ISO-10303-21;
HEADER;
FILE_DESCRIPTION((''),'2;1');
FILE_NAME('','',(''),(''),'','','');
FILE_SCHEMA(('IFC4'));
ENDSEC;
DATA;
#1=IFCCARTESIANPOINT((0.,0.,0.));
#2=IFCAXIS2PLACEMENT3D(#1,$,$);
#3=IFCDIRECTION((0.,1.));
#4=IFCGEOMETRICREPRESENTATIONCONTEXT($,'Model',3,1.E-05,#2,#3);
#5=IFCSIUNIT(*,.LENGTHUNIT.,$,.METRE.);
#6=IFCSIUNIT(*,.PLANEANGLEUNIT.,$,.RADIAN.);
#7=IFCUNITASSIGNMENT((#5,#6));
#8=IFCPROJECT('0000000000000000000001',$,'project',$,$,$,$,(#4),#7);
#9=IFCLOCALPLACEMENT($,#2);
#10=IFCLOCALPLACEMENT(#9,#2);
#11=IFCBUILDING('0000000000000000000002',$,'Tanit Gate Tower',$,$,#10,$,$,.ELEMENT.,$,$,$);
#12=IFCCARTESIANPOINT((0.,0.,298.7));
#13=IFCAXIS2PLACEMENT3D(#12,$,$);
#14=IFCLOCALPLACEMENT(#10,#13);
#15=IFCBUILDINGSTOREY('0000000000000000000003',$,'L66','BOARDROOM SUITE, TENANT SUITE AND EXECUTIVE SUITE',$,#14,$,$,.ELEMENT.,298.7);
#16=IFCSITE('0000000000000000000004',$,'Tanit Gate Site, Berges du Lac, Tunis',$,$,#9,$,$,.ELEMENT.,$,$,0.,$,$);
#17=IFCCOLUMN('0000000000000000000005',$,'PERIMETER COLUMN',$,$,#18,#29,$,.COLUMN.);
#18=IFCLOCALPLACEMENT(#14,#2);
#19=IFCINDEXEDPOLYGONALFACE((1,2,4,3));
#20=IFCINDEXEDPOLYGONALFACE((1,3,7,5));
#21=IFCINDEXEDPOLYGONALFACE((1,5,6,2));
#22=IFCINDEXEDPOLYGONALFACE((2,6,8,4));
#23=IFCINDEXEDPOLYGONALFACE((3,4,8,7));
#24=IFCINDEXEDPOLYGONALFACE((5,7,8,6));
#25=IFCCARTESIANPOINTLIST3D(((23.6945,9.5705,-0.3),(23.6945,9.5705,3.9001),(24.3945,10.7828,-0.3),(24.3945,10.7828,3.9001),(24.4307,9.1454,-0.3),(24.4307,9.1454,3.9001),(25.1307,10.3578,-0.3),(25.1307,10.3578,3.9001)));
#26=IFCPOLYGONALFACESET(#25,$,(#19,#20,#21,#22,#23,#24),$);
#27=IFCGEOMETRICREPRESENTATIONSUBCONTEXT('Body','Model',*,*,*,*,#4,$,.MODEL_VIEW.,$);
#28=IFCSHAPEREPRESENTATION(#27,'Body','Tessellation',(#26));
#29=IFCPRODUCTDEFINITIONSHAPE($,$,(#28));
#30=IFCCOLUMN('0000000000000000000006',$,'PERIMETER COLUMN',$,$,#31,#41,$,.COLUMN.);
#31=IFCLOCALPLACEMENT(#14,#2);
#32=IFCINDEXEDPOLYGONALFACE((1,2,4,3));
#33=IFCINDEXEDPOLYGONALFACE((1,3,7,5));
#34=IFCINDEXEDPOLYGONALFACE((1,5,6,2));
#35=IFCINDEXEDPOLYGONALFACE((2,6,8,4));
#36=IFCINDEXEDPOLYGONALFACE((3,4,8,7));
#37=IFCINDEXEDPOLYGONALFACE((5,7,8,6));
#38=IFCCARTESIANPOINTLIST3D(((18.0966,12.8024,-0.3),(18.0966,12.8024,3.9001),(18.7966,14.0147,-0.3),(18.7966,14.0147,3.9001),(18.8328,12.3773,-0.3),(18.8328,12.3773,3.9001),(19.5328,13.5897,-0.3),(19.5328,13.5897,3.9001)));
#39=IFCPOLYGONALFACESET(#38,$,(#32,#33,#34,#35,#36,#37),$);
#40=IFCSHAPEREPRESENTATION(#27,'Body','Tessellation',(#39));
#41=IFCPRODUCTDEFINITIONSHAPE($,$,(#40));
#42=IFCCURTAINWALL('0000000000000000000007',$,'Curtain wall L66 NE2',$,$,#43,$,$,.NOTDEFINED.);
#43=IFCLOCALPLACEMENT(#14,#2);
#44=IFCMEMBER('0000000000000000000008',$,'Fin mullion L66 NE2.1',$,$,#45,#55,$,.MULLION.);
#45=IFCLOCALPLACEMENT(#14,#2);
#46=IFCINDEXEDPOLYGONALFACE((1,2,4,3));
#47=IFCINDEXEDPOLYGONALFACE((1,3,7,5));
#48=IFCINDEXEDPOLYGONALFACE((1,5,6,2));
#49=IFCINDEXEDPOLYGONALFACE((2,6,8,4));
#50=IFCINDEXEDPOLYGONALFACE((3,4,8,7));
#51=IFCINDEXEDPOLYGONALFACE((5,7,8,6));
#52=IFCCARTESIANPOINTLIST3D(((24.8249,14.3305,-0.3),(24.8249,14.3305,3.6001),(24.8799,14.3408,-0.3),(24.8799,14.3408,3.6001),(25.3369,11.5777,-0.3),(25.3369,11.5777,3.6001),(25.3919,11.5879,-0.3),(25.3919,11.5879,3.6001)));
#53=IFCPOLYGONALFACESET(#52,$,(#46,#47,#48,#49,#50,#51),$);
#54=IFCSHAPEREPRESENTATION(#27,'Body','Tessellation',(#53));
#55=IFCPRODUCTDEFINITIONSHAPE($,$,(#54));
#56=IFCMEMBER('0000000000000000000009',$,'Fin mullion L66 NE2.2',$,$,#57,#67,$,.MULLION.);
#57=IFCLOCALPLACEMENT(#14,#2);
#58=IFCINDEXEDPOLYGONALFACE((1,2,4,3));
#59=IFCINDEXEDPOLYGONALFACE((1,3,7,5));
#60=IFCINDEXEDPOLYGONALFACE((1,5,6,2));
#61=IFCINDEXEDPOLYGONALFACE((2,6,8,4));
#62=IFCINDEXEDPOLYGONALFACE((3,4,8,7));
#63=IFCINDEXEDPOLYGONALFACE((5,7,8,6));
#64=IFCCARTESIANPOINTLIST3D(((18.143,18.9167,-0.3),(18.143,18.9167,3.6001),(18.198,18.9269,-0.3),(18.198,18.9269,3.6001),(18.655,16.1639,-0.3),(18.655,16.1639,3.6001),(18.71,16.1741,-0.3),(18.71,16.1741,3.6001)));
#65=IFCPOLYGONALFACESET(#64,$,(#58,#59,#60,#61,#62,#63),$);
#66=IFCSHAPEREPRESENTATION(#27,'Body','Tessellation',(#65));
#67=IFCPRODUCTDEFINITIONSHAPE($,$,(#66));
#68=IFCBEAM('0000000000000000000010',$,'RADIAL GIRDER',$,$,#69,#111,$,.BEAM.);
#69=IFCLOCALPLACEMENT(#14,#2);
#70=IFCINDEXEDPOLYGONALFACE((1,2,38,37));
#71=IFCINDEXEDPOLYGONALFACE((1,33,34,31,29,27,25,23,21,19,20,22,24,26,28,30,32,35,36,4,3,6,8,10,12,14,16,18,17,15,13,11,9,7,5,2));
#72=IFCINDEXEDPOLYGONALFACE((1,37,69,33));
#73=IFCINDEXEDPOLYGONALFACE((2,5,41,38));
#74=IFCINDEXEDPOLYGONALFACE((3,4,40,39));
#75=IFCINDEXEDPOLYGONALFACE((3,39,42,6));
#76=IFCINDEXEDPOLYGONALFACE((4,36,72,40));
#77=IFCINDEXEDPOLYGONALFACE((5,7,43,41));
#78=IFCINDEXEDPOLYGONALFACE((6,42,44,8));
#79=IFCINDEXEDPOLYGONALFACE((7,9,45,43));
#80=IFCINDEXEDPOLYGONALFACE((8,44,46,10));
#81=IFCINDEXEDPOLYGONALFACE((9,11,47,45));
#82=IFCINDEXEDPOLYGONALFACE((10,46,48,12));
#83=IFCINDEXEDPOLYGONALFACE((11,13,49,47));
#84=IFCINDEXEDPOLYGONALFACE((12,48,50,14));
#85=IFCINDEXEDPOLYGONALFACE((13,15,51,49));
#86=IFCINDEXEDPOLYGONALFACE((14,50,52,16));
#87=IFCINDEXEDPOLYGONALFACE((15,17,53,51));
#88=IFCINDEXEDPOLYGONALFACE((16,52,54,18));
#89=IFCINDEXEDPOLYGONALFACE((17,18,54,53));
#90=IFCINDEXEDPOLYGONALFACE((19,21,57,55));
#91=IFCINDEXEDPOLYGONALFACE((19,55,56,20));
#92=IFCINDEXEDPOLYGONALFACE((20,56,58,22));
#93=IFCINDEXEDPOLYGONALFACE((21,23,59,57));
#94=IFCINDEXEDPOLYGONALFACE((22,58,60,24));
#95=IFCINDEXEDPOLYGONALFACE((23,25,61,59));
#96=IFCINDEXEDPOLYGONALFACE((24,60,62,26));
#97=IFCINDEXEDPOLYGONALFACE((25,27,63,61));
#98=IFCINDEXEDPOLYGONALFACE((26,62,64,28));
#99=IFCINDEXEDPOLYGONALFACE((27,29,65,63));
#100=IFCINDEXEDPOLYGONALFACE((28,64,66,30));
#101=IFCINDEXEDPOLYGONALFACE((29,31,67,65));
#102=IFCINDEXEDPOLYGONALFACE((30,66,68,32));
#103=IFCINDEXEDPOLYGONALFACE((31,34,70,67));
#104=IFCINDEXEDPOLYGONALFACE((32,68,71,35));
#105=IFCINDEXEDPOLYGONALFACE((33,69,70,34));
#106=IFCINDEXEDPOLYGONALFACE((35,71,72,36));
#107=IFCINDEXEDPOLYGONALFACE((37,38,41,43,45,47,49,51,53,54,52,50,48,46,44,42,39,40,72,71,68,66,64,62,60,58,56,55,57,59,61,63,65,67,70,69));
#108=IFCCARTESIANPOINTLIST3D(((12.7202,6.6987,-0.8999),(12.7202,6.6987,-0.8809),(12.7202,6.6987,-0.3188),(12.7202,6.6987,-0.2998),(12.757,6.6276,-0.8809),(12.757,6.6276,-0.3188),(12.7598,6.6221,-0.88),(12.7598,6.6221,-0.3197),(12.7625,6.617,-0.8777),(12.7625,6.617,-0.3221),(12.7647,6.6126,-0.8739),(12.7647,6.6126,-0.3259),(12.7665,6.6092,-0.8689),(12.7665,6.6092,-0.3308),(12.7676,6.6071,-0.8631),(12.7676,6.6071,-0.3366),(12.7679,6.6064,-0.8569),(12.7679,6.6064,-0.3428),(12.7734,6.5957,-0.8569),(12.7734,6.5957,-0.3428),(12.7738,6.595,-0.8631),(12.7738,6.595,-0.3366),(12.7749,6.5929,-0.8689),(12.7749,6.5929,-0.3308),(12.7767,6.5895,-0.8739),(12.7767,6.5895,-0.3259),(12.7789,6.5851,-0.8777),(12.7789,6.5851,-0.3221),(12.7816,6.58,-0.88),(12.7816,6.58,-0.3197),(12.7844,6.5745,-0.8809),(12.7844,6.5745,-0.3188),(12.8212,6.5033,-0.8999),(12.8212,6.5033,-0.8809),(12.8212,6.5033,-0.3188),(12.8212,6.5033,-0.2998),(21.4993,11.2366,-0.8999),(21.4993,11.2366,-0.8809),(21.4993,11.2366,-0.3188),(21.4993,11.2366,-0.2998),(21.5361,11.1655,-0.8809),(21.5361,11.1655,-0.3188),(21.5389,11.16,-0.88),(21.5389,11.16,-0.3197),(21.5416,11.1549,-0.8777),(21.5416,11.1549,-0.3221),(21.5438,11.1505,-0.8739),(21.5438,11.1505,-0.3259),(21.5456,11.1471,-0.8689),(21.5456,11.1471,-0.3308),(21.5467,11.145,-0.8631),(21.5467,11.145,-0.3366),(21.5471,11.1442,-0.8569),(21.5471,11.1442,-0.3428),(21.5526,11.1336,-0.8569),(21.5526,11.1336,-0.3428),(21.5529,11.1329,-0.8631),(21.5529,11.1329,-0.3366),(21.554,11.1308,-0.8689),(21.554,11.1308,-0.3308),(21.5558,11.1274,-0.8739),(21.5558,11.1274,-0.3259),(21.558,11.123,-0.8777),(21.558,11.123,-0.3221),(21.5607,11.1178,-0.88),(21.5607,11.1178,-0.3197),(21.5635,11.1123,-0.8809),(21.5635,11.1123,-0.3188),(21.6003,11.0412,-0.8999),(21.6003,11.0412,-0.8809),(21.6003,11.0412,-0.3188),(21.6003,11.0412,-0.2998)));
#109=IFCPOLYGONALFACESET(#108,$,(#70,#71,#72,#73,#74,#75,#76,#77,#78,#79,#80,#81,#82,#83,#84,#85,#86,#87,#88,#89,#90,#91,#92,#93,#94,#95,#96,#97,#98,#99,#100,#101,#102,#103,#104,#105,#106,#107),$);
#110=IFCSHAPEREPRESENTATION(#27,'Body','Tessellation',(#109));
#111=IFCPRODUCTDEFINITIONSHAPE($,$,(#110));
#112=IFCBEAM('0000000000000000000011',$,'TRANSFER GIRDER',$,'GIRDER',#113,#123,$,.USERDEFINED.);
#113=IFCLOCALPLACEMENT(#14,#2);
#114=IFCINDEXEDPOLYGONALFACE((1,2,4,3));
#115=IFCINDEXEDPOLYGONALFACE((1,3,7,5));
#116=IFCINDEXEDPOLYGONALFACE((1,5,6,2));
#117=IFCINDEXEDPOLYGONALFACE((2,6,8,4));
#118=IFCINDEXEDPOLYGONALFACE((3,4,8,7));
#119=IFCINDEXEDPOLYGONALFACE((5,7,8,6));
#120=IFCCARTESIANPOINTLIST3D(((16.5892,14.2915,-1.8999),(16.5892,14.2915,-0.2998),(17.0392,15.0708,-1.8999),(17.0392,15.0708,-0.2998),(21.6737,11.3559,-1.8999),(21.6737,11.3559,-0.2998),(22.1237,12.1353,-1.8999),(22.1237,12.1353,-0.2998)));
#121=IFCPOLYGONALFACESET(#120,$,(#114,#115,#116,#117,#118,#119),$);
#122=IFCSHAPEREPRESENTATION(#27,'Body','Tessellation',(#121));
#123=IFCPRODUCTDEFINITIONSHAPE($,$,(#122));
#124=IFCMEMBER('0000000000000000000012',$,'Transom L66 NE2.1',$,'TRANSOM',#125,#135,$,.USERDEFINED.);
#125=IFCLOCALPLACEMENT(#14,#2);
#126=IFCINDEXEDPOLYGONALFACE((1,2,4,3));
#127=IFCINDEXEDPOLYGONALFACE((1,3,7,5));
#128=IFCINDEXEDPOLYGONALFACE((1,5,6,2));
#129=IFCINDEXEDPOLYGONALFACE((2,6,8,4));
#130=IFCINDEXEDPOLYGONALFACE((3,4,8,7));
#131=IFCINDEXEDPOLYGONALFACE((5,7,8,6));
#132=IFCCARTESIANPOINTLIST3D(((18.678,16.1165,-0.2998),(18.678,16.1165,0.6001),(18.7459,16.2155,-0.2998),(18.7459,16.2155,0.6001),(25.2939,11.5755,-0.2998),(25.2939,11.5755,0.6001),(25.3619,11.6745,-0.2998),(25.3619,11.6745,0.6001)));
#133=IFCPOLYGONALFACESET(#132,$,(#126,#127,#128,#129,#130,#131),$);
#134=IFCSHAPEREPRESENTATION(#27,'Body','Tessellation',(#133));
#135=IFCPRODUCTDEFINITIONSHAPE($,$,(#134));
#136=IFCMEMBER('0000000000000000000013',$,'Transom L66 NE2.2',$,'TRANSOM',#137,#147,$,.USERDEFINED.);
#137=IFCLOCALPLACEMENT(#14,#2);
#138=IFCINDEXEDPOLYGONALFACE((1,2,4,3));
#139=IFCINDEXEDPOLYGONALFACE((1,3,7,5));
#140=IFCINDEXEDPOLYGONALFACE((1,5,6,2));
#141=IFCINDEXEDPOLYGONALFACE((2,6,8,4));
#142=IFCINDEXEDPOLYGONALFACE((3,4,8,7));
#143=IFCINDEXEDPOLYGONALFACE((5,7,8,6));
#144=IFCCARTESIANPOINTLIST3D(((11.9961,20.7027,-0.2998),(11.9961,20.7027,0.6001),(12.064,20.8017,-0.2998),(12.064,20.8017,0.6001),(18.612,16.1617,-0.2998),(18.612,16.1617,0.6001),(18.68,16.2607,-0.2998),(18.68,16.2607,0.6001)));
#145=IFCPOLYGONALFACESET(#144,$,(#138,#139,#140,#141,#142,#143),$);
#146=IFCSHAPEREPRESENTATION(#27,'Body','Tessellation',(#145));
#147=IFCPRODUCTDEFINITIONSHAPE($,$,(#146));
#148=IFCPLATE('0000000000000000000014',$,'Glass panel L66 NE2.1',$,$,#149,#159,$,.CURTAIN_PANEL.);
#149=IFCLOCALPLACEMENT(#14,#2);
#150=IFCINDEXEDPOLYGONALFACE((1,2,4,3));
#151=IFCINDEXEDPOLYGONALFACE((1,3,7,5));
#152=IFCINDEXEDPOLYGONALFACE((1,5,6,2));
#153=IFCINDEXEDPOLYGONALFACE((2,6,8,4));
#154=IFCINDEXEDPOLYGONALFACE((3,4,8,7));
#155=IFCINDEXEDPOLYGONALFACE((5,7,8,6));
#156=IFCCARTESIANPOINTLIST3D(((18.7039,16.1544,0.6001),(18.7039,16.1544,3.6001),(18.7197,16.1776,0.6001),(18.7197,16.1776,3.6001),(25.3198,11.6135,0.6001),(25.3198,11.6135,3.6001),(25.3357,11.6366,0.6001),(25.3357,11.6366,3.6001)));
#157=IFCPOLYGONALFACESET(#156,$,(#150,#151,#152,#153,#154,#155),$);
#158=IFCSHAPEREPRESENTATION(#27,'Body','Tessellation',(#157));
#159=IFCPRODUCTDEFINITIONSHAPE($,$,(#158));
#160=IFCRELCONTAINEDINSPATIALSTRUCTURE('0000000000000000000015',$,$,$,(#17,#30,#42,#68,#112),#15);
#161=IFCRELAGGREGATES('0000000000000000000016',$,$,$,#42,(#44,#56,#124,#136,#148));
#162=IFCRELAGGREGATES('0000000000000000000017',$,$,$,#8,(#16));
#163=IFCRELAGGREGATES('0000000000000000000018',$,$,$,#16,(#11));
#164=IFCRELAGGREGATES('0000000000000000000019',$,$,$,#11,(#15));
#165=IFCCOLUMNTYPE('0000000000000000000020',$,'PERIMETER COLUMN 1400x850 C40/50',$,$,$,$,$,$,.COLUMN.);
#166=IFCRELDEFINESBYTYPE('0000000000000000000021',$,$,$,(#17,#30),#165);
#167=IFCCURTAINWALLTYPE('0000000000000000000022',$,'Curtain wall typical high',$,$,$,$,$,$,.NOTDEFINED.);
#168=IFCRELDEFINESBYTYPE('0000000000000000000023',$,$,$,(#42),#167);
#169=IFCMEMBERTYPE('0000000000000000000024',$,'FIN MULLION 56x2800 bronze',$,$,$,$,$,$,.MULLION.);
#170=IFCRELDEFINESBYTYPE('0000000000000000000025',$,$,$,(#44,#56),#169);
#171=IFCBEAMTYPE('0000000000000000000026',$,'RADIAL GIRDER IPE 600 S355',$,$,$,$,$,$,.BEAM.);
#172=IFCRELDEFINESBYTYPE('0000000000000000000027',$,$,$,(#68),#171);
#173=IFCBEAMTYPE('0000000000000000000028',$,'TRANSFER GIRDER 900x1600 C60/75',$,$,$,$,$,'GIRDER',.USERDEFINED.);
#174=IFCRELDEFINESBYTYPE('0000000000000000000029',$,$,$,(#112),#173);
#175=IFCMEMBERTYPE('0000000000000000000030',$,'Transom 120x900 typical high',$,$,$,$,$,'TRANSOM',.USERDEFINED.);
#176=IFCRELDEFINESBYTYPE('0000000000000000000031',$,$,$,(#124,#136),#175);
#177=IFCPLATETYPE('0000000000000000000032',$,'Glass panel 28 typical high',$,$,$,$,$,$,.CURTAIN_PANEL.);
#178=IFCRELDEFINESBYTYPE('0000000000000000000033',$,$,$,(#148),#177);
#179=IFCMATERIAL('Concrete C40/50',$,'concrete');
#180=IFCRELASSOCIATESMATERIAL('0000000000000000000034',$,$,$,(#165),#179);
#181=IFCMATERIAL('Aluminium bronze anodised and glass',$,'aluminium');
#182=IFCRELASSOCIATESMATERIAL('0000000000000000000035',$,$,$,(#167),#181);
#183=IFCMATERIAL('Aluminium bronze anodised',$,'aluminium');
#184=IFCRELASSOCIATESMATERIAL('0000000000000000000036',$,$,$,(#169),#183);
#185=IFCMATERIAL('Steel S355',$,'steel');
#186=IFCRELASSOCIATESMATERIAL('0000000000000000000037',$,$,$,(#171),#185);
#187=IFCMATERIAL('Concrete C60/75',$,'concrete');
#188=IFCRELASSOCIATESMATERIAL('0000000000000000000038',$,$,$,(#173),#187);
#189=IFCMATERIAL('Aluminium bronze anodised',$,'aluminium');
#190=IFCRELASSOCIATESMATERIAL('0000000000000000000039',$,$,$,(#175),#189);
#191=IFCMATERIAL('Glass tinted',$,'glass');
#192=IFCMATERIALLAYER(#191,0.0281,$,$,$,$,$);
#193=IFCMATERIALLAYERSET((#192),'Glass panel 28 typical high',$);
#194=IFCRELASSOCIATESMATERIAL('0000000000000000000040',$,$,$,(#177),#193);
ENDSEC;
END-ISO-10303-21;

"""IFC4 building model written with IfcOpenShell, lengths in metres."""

from ifc_helpers import new_model, si_unit, direction, frame, origin, origin_2d, place, context, subcontext, project, spatial, rectangle, i_section, extrude, material, layer, layer_set, material_profile, profile_set, type_object, element, aggregate, save


model = new_model("IFC4")

# Units and contexts
model_context = context("Model", 3, precision=1e-05, world=origin(), true_north=direction((0.0, 1.0)))
body_context = subcontext(model_context, "Body", "Model", "MODEL_VIEW")
ifc_project = project(units=[si_unit("LENGTHUNIT", "METRE"), si_unit("PLANEANGLEUNIT", "RADIAN")], contexts=[model_context])

# Site, building, storey
site_placement = place(None, origin())
site = spatial("IfcSite", under=ifc_project, at=site_placement, Name="Tanit Gate Site, Berges du Lac, Tunis", CompositionType="ELEMENT", RefElevation=0.0)
building_placement = place(site_placement, origin())
building = spatial("IfcBuilding", under=site, at=building_placement, Name="Tanit Gate Tower", CompositionType="ELEMENT")
storey_placement = place(building_placement, frame((0.0, 0.0, 298.7)))
storey = spatial("IfcBuildingStorey", under=building, at=storey_placement, Name="L66", Description="BOARDROOM SUITE, TENANT SUITE AND EXECUTIVE SUITE", CompositionType="ELEMENT", Elevation=298.7)

# Columns
ifc_material_1 = material(Name="Concrete C40/50", Category="concrete")
ifc_material_profile_1 = material_profile(ifc_material_1, rectangle(XDim=1.3999, YDim=0.8501, at=origin_2d()), Name="RC 1400x850")
ifc_profile_set_1 = profile_set([ifc_material_profile_1], Name="Concrete C40/50")
column_type = type_object("IfcColumnType", Name="PERIMETER COLUMN 1400x850 C40/50", PredefinedType="COLUMN", material=ifc_profile_set_1)
for number, where, z_axis, x_axis, name in (
    (1, (24.4126, 9.9641, -0.3), (0.0, 0.0, 1.0), (0.5, 0.866025, 0.0), "PERIMETER COLUMN"),
    (2, (18.8147, 13.196, -0.3), (0.0, 0.0, 1.0), (0.5, 0.866025, 0.0), "PERIMETER COLUMN"),
):
    element("IfcColumn", number, at=place(storey_placement, frame(where, z_axis=z_axis, x_axis=x_axis)), inside=storey, type_object=column_type, Name=name, PredefinedType="COLUMN", context=body_context, shape_type="SweptSolid", body=[
        extrude(rectangle(XDim=1.3999, YDim=0.8501, at=origin_2d()), origin(), (0.0, 0.0, 1.0), 4.2002),
    ])

# Curtain wall, members
ifc_material_2 = material(Name="Aluminium bronze anodised and glass", Category="aluminium")
curtain_wall_type = type_object("IfcCurtainWallType", Name="Curtain wall typical high", PredefinedType="NOTDEFINED", material=ifc_material_2)
curtain_wall_placement = place(storey_placement, origin())
curtain_wall = element("IfcCurtainWall", 3, at=curtain_wall_placement, inside=storey, type_object=curtain_wall_type, Name="Curtain wall L66 NE2", PredefinedType="NOTDEFINED")
ifc_material_3 = material(Name="Aluminium bronze anodised", Category="aluminium")
ifc_material_profile_2 = material_profile(ifc_material_3, rectangle(XDim=2.8, YDim=0.0559, at=origin_2d()), Name="56x2800 bronze fin mullion")
ifc_profile_set_2 = profile_set([ifc_material_profile_2], Name="Aluminium bronze anodised")
member_type_1 = type_object("IfcMemberType", Name="FIN MULLION 56x2800 bronze", PredefinedType="MULLION", material=ifc_profile_set_2)
member_1_placement = place(storey_placement, frame((25.1084, 12.9592, -0.3), z_axis=(0.0, 0.0, 1.0), x_axis=(0.182847, -0.983141, 0.0)))
member_1 = element("IfcMember", 4, at=member_1_placement, type_object=member_type_1, Name="Fin mullion L66 NE2.1", PredefinedType="MULLION", context=body_context, shape_type="SweptSolid", body=[
    extrude(rectangle(XDim=2.8, YDim=0.0559, at=origin_2d()), origin(), (0.0, 0.0, 1.0), 3.9001),
])
member_2_placement = place(storey_placement, frame((18.4265, 17.5454, -0.3), z_axis=(0.0, 0.0, 1.0), x_axis=(0.182847, -0.983141, 0.0)))
member_2 = element("IfcMember", 5, at=member_2_placement, type_object=member_type_1, Name="Fin mullion L66 NE2.2", PredefinedType="MULLION", context=body_context, shape_type="SweptSolid", body=[
    extrude(rectangle(XDim=2.8, YDim=0.0559, at=origin_2d()), origin(), (0.0, 0.0, 1.0), 3.9001),
])

# Beams
ifc_material_4 = material(Name="Steel S355", Category="steel")
ifc_material_profile_3 = material_profile(ifc_material_4, i_section(OverallWidth=0.22, OverallDepth=0.6001, WebThickness=0.012, FlangeThickness=0.019, FilletRadius=0.0239, at=origin_2d()), Name="IPE 600")
ifc_profile_set_3 = profile_set([ifc_material_profile_3], Name="Steel S355")
beam_type_1 = type_object("IfcBeamType", Name="RADIAL GIRDER IPE 600 S355", PredefinedType="BEAM", material=ifc_profile_set_3)
beam_1_placement = place(storey_placement, frame((21.5498, 11.1389, -0.5999), z_axis=(-0.888343, -0.45918, 0.0), x_axis=(0.45918, -0.888343, 0.0)))
element("IfcBeam", 6, at=beam_1_placement, inside=storey, type_object=beam_type_1, Name="RADIAL GIRDER", PredefinedType="BEAM", context=body_context, shape_type="SweptSolid", body=[
    extrude(i_section(OverallWidth=0.22, OverallDepth=0.6001, WebThickness=0.012, FlangeThickness=0.019, FilletRadius=0.0239, at=origin_2d()), origin(), (0.0, 0.0, 1.0), 9.8826),
])
ifc_material_5 = material(Name="Concrete C60/75", Category="concrete")
ifc_material_profile_4 = material_profile(ifc_material_5, rectangle(XDim=0.8999, YDim=1.6001, at=origin_2d()), Name="RC 900x1600")
ifc_profile_set_4 = profile_set([ifc_material_profile_4], Name="Concrete C60/75")
beam_type_2 = type_object("IfcBeamType", Name="TRANSFER GIRDER 900x1600 C60/75", ElementType="GIRDER", PredefinedType="USERDEFINED", material=ifc_profile_set_4)
beam_2_placement = place(storey_placement, frame((21.8987, 11.7456, -1.0999), z_axis=(-0.866024, 0.500003, 0.0), x_axis=(-0.500003, -0.866024, 0.0)))
element("IfcBeam", 7, at=beam_2_placement, inside=storey, type_object=beam_type_2, Name="TRANSFER GIRDER", ObjectType="GIRDER", PredefinedType="USERDEFINED", context=body_context, shape_type="SweptSolid", body=[
    extrude(rectangle(XDim=0.8999, YDim=1.6001, at=origin_2d()), origin(), (0.0, 0.0, 1.0), 5.8711),
])

# Members
ifc_material_6 = material(Name="Aluminium bronze anodised", Category="aluminium")
ifc_material_profile_5 = material_profile(ifc_material_6, rectangle(XDim=0.1201, YDim=0.8999, at=origin_2d()), Name="120x900 bronze transom")
ifc_profile_set_5 = profile_set([ifc_material_profile_5], Name="Aluminium bronze anodised")
member_type_2 = type_object("IfcMemberType", Name="Transom 120x900 typical high", ElementType="TRANSOM", PredefinedType="USERDEFINED", material=ifc_profile_set_5)
member_3_placement = place(storey_placement, frame((25.3279, 11.625, 0.1501), z_axis=(-0.824476, 0.565897, 0.0), x_axis=(-0.565897, -0.824476, 0.0)))
member_3 = element("IfcMember", 8, at=member_3_placement, type_object=member_type_2, Name="Transom L66 NE2.1", ObjectType="TRANSOM", PredefinedType="USERDEFINED", context=body_context, shape_type="SweptSolid", body=[
    extrude(rectangle(XDim=0.1201, YDim=0.8999, at=origin_2d()), origin(), (0.0, 0.0, 1.0), 8.0244),
])
member_4_placement = place(storey_placement, frame((18.646, 16.2112, 0.1501), z_axis=(-0.824476, 0.565897, 0.0), x_axis=(-0.565897, -0.824476, 0.0)))
member_4 = element("IfcMember", 9, at=member_4_placement, type_object=member_type_2, Name="Transom L66 NE2.2", ObjectType="TRANSOM", PredefinedType="USERDEFINED", context=body_context, shape_type="SweptSolid", body=[
    extrude(rectangle(XDim=0.1201, YDim=0.8999, at=origin_2d()), origin(), (0.0, 0.0, 1.0), 8.0244),
])

# Plate
ifc_material_7 = material(Name="Glass tinted", Category="glass")
ifc_layer_1 = layer(ifc_material_7, 0.0281)
ifc_layer_set_1 = layer_set([ifc_layer_1], Name="Glass panel 28 typical high")
plate_type = type_object("IfcPlateType", Name="Glass panel 28 typical high", PredefinedType="CURTAIN_PANEL", material=ifc_layer_set_1)
plate_placement = place(storey_placement, frame((22.0198, 13.8955, 0.6001), z_axis=(0.0, 0.0, 1.0), x_axis=(-0.824479, 0.565893, 0.0)))
plate = element("IfcPlate", 10, at=plate_placement, type_object=plate_type, Name="Glass panel L66 NE2.1", PredefinedType="CURTAIN_PANEL", context=body_context, shape_type="SweptSolid", body=[
    extrude(rectangle(XDim=8.0244, YDim=0.0281, at=origin_2d()), origin(), (0.0, 0.0, 1.0), 3.0),
])
aggregate(curtain_wall, [member_1, member_2, member_3, member_4, plate])

save(model, "model.ifc")
